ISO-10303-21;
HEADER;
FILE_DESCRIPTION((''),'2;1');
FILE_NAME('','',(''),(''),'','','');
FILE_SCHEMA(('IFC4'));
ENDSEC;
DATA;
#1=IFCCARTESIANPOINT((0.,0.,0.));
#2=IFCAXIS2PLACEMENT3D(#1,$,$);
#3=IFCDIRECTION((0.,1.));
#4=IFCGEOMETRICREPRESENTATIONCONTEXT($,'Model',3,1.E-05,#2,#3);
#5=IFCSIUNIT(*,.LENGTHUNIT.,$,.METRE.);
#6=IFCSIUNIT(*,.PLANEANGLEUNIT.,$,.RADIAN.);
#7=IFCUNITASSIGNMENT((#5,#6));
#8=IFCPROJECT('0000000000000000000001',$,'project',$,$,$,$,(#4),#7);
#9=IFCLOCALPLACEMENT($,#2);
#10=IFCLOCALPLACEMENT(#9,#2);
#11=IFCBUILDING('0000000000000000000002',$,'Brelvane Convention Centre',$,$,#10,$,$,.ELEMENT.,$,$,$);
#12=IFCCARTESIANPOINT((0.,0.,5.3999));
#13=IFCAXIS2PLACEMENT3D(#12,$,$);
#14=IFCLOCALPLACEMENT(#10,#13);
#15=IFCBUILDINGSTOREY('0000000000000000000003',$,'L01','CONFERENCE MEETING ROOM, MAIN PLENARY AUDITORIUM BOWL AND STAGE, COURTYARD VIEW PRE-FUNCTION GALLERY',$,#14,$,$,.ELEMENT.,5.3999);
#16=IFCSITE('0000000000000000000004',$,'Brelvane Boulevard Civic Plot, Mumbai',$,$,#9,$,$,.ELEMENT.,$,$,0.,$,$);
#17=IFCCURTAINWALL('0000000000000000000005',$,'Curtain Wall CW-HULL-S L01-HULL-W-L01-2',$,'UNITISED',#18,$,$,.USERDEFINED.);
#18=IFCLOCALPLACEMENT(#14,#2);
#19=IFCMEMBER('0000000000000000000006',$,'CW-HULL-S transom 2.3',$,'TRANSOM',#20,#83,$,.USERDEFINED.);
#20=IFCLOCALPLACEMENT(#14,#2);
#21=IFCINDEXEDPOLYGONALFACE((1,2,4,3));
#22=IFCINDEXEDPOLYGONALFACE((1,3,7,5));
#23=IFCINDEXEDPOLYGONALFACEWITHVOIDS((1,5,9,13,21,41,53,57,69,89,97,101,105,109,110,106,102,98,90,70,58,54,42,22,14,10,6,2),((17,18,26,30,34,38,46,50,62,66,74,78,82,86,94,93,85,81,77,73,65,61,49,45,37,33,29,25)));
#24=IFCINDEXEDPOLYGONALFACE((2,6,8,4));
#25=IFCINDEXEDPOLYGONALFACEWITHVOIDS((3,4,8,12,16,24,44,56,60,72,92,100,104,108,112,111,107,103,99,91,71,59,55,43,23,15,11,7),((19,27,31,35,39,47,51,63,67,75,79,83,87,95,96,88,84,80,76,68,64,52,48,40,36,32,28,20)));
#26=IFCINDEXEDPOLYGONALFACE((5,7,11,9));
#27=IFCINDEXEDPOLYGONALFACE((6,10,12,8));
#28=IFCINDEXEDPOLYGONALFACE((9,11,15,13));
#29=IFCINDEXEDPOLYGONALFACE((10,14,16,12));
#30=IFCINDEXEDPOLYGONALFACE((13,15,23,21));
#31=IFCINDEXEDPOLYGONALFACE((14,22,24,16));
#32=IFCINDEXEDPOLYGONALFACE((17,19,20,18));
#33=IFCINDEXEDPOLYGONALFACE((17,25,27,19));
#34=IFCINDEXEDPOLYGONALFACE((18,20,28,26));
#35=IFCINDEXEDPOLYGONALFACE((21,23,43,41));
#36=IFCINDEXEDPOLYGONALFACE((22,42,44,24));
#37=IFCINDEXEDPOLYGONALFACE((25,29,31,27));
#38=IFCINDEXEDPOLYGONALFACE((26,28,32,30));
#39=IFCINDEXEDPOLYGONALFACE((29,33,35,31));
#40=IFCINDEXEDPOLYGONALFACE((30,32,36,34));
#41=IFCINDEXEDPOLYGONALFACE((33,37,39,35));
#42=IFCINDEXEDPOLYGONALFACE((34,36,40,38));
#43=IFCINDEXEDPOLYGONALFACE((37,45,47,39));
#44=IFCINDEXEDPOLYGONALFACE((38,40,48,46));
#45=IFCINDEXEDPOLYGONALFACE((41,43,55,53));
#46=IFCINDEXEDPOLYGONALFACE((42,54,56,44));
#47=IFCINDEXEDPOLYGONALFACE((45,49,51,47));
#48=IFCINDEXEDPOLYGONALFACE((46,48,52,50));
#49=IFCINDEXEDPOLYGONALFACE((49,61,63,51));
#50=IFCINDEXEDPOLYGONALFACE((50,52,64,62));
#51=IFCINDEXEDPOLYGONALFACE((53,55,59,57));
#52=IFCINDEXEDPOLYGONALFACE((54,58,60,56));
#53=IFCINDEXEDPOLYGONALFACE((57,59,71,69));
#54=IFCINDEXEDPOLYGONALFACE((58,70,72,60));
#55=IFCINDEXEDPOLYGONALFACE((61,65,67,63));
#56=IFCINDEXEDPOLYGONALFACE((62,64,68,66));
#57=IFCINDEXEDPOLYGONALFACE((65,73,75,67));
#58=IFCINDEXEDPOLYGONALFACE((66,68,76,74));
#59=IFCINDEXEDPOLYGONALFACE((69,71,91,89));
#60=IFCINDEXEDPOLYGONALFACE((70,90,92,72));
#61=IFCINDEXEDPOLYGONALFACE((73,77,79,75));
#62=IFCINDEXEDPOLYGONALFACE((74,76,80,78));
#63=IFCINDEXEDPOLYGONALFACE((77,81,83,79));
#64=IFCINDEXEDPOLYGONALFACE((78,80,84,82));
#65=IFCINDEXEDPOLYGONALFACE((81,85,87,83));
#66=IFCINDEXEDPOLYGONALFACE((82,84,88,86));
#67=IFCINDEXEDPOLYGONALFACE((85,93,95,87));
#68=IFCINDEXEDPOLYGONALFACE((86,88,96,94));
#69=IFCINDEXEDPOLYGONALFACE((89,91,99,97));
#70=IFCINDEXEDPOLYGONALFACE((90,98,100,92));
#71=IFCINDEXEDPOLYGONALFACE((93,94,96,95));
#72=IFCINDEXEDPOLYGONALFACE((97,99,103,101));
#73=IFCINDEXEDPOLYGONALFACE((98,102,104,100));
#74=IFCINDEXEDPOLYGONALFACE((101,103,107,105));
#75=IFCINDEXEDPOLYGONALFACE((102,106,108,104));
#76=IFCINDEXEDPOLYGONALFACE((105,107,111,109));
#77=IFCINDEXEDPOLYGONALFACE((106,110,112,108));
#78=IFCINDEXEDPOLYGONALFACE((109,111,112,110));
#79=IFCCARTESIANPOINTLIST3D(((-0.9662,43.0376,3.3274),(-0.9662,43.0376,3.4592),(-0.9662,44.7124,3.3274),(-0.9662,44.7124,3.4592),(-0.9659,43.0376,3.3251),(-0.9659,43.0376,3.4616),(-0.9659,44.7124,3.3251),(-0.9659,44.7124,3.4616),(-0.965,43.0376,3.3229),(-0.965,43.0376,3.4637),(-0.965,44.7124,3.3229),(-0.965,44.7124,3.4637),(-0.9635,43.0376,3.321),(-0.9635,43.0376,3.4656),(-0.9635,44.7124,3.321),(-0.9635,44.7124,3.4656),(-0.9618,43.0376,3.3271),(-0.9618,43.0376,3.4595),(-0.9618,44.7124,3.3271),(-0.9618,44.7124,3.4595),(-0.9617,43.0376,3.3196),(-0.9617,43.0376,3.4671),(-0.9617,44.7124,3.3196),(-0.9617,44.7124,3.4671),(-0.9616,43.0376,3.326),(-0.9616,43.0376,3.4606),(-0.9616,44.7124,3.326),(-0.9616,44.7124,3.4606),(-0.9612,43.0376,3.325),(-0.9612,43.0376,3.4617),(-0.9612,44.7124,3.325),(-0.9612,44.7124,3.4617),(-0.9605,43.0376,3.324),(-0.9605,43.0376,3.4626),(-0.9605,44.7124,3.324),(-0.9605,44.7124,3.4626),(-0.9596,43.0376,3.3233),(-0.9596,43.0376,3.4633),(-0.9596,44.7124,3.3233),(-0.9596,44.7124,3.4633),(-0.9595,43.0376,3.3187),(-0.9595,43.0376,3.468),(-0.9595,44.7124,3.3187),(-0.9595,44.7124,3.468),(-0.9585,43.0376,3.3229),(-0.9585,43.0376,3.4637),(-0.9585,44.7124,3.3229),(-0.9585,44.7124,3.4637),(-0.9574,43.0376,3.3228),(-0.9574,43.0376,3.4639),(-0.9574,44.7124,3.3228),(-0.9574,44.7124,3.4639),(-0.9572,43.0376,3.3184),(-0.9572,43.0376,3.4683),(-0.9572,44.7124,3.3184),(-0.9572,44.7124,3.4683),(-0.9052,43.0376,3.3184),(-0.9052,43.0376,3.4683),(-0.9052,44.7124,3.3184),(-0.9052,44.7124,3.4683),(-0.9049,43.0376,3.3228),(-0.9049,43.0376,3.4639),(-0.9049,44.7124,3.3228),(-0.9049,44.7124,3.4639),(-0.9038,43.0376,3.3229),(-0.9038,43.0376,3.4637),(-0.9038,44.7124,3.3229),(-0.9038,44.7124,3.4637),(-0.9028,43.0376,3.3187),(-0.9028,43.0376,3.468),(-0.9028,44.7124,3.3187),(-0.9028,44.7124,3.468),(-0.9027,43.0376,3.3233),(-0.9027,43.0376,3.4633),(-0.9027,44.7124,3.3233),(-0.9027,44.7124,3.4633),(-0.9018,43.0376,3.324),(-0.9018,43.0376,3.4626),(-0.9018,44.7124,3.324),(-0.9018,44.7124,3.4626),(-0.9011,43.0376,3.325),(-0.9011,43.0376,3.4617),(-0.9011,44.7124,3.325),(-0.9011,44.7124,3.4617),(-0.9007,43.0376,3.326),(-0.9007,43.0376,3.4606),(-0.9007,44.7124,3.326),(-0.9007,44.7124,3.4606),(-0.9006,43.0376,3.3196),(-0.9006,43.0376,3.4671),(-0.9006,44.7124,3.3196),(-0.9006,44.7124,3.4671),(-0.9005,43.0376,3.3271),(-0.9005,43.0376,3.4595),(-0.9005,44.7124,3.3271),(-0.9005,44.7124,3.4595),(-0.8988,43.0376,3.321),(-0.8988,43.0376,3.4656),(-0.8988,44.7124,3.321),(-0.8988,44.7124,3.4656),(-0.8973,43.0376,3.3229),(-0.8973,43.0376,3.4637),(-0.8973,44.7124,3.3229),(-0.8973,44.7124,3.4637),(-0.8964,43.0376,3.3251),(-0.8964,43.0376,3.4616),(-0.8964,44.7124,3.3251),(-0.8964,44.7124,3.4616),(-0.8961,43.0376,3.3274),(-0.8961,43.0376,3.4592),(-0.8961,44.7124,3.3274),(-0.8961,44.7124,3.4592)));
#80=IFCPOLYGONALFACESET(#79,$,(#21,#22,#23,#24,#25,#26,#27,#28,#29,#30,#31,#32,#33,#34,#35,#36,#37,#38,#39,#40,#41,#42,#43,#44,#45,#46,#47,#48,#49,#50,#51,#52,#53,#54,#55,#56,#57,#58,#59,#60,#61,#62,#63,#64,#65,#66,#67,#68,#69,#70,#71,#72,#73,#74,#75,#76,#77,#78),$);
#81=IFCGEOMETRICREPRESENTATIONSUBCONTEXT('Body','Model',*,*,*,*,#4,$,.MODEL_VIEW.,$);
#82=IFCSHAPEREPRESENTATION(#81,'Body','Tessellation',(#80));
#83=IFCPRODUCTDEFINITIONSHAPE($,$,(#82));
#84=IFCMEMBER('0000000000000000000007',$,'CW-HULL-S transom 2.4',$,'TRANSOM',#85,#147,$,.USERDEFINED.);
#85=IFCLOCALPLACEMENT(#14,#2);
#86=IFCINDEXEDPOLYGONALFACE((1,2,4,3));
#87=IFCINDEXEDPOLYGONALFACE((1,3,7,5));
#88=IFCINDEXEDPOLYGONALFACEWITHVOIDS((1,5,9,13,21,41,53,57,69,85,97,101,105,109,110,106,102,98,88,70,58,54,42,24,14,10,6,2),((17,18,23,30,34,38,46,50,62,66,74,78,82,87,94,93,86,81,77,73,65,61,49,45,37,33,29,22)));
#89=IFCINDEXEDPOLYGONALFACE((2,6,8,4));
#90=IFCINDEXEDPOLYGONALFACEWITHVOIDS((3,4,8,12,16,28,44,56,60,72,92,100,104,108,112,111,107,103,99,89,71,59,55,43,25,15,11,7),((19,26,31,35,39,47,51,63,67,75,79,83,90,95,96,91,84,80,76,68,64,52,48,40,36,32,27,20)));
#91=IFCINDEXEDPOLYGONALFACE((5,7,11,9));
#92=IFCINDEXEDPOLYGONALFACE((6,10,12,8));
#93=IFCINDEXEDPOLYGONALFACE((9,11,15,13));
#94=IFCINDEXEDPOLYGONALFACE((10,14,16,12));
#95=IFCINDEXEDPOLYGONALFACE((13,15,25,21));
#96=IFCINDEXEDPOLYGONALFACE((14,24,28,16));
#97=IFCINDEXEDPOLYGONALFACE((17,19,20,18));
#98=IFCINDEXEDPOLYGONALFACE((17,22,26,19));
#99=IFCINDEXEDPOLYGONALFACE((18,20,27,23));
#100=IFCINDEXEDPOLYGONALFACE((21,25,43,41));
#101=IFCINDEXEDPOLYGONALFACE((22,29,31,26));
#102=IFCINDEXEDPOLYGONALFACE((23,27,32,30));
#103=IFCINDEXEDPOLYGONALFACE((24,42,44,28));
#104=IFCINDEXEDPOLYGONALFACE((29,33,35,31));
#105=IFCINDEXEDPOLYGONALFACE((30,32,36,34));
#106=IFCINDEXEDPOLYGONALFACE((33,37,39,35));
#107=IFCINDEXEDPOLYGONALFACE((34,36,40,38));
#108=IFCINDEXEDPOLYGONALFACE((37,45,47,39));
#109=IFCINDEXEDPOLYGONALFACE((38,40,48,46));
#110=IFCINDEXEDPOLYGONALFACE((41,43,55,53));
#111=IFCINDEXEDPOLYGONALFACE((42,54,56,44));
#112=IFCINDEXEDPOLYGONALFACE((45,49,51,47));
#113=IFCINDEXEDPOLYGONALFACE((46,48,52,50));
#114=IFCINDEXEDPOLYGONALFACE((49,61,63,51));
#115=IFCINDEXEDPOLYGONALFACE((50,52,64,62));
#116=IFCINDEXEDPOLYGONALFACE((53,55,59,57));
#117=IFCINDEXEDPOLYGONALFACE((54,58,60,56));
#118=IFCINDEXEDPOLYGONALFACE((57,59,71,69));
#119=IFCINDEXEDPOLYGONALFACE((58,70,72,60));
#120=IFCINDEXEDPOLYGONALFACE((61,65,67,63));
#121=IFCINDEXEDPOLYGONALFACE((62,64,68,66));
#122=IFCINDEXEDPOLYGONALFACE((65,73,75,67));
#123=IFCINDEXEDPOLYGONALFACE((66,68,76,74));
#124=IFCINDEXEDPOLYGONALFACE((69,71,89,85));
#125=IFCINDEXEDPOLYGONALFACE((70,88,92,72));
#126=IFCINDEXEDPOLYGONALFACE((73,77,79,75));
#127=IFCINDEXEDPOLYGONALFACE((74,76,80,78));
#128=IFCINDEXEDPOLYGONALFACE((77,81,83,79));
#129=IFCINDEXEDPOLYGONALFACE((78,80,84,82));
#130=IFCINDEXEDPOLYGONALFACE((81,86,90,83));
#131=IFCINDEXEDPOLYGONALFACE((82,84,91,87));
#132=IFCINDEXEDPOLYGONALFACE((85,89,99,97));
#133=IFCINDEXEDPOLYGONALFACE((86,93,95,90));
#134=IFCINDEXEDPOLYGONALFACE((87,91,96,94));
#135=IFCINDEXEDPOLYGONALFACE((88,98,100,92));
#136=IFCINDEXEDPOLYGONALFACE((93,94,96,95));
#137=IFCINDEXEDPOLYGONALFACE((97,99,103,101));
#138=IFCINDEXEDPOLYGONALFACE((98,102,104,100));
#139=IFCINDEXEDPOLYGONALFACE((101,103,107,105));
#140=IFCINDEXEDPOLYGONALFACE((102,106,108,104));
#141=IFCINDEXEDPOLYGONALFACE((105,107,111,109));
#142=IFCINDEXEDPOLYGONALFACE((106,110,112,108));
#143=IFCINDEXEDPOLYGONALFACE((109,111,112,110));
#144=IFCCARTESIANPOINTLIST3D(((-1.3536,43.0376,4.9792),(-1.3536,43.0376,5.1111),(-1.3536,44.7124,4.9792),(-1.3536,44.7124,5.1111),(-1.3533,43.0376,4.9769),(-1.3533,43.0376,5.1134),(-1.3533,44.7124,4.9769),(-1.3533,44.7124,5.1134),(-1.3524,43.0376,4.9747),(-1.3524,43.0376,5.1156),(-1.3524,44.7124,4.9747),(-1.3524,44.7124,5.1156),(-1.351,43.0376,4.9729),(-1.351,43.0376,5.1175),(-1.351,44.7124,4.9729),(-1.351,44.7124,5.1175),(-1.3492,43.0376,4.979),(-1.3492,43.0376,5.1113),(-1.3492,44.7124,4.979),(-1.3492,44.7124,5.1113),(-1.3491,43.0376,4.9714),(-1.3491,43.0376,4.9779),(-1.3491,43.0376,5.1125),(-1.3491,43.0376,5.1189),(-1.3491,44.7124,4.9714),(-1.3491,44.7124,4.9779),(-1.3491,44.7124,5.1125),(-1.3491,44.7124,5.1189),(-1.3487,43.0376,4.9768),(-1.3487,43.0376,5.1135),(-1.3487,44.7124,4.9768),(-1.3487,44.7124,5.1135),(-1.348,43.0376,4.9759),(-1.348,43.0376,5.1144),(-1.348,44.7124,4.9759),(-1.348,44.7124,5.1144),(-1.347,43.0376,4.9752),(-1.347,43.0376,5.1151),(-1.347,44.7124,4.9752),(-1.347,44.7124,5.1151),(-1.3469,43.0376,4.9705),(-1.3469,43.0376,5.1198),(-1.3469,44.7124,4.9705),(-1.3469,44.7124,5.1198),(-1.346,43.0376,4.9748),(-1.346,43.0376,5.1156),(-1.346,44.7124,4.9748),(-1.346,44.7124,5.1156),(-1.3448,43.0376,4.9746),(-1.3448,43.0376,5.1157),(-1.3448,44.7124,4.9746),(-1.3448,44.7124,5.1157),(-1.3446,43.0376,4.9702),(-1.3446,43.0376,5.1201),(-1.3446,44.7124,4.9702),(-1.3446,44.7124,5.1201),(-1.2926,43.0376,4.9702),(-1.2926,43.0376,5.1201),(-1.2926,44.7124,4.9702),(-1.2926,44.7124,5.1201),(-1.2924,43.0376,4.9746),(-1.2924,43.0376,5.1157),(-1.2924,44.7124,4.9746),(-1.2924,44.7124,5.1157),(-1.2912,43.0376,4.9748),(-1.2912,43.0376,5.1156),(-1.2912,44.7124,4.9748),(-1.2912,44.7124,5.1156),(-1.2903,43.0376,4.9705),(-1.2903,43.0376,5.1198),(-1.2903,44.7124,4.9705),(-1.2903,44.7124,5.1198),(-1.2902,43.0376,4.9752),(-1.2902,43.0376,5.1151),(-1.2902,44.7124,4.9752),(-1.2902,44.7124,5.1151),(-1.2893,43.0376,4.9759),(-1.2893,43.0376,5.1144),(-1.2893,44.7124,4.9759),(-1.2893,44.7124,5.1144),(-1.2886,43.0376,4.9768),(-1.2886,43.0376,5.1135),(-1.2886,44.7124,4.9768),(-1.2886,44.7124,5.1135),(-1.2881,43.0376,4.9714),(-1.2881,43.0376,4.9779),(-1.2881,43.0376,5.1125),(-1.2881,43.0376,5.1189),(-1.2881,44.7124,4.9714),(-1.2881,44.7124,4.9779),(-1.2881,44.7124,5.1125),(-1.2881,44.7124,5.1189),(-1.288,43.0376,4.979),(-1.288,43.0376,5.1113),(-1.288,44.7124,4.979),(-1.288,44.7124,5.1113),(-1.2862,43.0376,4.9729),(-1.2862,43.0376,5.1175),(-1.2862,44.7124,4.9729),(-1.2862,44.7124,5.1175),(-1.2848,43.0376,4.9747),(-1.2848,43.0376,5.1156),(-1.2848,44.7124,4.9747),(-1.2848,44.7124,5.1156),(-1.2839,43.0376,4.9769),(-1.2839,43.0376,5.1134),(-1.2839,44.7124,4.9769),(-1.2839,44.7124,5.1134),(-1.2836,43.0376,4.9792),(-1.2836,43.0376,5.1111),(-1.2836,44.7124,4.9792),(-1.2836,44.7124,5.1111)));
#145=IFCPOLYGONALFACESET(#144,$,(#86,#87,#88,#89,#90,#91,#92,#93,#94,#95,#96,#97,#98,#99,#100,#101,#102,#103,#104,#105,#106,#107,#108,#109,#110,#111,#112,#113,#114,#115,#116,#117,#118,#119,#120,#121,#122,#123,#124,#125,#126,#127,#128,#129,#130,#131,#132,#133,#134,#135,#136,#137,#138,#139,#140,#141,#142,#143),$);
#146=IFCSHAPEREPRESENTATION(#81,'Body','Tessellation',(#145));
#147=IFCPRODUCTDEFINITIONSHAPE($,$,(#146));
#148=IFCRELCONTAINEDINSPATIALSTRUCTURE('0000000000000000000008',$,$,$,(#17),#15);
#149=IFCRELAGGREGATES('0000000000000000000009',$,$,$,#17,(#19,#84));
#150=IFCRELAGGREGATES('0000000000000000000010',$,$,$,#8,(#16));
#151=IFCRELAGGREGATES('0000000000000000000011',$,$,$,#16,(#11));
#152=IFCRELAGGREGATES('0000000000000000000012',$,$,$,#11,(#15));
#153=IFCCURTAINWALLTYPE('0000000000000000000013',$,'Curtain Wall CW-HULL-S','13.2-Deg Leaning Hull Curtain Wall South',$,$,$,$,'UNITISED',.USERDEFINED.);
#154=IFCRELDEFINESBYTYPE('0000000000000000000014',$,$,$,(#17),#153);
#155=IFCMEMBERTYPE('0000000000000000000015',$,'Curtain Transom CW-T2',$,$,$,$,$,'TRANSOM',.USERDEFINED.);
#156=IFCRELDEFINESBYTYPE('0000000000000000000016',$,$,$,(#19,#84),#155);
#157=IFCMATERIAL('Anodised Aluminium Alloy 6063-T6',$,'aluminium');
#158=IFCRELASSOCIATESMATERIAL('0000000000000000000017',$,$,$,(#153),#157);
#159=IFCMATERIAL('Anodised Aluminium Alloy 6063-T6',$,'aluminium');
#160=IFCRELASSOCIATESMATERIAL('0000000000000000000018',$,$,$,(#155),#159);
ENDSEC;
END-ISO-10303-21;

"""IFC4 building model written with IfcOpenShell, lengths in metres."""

from ifc_helpers import new_model, si_unit, direction, frame, origin, origin_2d, place, context, subcontext, project, spatial, hollow_rectangle, extrude, material, material_profile, profile_set, type_object, element, aggregate, save


model = new_model("IFC4")

# Units and contexts
model_context = context("Model", 3, precision=1e-05, world=origin(), true_north=direction((0.0, 1.0)))
body_context = subcontext(model_context, "Body", "Model", "MODEL_VIEW")
ifc_project = project(units=[si_unit("LENGTHUNIT", "METRE"), si_unit("PLANEANGLEUNIT", "RADIAN")], contexts=[model_context])

# Site, building, storey
site_placement = place(None, origin())
site = spatial("IfcSite", under=ifc_project, at=site_placement, Name="Brelvane Boulevard Civic Plot, Mumbai", CompositionType="ELEMENT", RefElevation=0.0)
building_placement = place(site_placement, origin())
building = spatial("IfcBuilding", under=site, at=building_placement, Name="Brelvane Convention Centre", CompositionType="ELEMENT")
storey_placement = place(building_placement, frame((0.0, 0.0, 5.3999)))
storey = spatial("IfcBuildingStorey", under=building, at=storey_placement, Name="L01", Description="CONFERENCE MEETING ROOM, MAIN PLENARY AUDITORIUM BOWL AND STAGE, COURTYARD VIEW PRE-FUNCTION GALLERY", CompositionType="ELEMENT", Elevation=5.3999)

# Curtain wall
ifc_material_1 = material(Name="Anodised Aluminium Alloy 6063-T6", Category="aluminium")
curtain_wall_type = type_object("IfcCurtainWallType", Name="Curtain Wall CW-HULL-S", Description="13.2-Deg Leaning Hull Curtain Wall South", ElementType="UNITISED", PredefinedType="USERDEFINED", material=ifc_material_1)
curtain_wall_1_placement = place(storey_placement, origin())
curtain_wall_1 = element("IfcCurtainWall", 1, at=curtain_wall_1_placement, inside=storey, type_object=curtain_wall_type, Name="Curtain Wall CW-HULL-S L01-HULL-W-L01-2", ObjectType="UNITISED", PredefinedType="USERDEFINED")

# Members
ifc_material_2 = material(Name="Anodised Aluminium Alloy 6063-T6", Category="aluminium")
ifc_material_profile_1 = material_profile(ifc_material_2, hollow_rectangle(XDim=0.0701, YDim=0.1499, WallThickness=0.0044, InnerFilletRadius=0.0044, OuterFilletRadius=0.009, at=origin_2d()), Name="ALU-T 150x70x4.5")
ifc_profile_set_1 = profile_set([ifc_material_profile_1], Name="Anodised Aluminium Alloy 6063-T6")
member_type_1 = type_object("IfcMemberType", Name="Curtain Transom CW-T2", ElementType="TRANSOM", PredefinedType="USERDEFINED", material=ifc_profile_set_1)
member_1_placement = place(storey_placement, frame((-0.9312, 43.0376, 3.3933), z_axis=(0.0, 1.0, 0.0), x_axis=(-1.0, 0.0, 0.0)))
member_1 = element("IfcMember", 2, at=member_1_placement, type_object=member_type_1, Name="CW-HULL-S transom 2.3", ObjectType="TRANSOM", PredefinedType="USERDEFINED", context=body_context, shape_type="SweptSolid", body=[
    extrude(hollow_rectangle(XDim=0.0701, YDim=0.1499, WallThickness=0.0044, InnerFilletRadius=0.0044, OuterFilletRadius=0.009, at=origin_2d()), origin(), (0.0, 0.0, 1.0), 1.6748),
])
member_2_placement = place(storey_placement, frame((-1.3186, 43.0376, 5.0452), z_axis=(0.0, 1.0, 0.0), x_axis=(-1.0, 0.0, 0.0)))
member_2 = element("IfcMember", 3, at=member_2_placement, type_object=member_type_1, Name="CW-HULL-S transom 2.4", ObjectType="TRANSOM", PredefinedType="USERDEFINED", context=body_context, shape_type="SweptSolid", body=[
    extrude(hollow_rectangle(XDim=0.0701, YDim=0.1499, WallThickness=0.0044, InnerFilletRadius=0.0044, OuterFilletRadius=0.009, at=origin_2d()), origin(), (0.0, 0.0, 1.0), 1.6748),
])

aggregate(curtain_wall_1, [member_1, member_2])

save(model, "model.ifc")
